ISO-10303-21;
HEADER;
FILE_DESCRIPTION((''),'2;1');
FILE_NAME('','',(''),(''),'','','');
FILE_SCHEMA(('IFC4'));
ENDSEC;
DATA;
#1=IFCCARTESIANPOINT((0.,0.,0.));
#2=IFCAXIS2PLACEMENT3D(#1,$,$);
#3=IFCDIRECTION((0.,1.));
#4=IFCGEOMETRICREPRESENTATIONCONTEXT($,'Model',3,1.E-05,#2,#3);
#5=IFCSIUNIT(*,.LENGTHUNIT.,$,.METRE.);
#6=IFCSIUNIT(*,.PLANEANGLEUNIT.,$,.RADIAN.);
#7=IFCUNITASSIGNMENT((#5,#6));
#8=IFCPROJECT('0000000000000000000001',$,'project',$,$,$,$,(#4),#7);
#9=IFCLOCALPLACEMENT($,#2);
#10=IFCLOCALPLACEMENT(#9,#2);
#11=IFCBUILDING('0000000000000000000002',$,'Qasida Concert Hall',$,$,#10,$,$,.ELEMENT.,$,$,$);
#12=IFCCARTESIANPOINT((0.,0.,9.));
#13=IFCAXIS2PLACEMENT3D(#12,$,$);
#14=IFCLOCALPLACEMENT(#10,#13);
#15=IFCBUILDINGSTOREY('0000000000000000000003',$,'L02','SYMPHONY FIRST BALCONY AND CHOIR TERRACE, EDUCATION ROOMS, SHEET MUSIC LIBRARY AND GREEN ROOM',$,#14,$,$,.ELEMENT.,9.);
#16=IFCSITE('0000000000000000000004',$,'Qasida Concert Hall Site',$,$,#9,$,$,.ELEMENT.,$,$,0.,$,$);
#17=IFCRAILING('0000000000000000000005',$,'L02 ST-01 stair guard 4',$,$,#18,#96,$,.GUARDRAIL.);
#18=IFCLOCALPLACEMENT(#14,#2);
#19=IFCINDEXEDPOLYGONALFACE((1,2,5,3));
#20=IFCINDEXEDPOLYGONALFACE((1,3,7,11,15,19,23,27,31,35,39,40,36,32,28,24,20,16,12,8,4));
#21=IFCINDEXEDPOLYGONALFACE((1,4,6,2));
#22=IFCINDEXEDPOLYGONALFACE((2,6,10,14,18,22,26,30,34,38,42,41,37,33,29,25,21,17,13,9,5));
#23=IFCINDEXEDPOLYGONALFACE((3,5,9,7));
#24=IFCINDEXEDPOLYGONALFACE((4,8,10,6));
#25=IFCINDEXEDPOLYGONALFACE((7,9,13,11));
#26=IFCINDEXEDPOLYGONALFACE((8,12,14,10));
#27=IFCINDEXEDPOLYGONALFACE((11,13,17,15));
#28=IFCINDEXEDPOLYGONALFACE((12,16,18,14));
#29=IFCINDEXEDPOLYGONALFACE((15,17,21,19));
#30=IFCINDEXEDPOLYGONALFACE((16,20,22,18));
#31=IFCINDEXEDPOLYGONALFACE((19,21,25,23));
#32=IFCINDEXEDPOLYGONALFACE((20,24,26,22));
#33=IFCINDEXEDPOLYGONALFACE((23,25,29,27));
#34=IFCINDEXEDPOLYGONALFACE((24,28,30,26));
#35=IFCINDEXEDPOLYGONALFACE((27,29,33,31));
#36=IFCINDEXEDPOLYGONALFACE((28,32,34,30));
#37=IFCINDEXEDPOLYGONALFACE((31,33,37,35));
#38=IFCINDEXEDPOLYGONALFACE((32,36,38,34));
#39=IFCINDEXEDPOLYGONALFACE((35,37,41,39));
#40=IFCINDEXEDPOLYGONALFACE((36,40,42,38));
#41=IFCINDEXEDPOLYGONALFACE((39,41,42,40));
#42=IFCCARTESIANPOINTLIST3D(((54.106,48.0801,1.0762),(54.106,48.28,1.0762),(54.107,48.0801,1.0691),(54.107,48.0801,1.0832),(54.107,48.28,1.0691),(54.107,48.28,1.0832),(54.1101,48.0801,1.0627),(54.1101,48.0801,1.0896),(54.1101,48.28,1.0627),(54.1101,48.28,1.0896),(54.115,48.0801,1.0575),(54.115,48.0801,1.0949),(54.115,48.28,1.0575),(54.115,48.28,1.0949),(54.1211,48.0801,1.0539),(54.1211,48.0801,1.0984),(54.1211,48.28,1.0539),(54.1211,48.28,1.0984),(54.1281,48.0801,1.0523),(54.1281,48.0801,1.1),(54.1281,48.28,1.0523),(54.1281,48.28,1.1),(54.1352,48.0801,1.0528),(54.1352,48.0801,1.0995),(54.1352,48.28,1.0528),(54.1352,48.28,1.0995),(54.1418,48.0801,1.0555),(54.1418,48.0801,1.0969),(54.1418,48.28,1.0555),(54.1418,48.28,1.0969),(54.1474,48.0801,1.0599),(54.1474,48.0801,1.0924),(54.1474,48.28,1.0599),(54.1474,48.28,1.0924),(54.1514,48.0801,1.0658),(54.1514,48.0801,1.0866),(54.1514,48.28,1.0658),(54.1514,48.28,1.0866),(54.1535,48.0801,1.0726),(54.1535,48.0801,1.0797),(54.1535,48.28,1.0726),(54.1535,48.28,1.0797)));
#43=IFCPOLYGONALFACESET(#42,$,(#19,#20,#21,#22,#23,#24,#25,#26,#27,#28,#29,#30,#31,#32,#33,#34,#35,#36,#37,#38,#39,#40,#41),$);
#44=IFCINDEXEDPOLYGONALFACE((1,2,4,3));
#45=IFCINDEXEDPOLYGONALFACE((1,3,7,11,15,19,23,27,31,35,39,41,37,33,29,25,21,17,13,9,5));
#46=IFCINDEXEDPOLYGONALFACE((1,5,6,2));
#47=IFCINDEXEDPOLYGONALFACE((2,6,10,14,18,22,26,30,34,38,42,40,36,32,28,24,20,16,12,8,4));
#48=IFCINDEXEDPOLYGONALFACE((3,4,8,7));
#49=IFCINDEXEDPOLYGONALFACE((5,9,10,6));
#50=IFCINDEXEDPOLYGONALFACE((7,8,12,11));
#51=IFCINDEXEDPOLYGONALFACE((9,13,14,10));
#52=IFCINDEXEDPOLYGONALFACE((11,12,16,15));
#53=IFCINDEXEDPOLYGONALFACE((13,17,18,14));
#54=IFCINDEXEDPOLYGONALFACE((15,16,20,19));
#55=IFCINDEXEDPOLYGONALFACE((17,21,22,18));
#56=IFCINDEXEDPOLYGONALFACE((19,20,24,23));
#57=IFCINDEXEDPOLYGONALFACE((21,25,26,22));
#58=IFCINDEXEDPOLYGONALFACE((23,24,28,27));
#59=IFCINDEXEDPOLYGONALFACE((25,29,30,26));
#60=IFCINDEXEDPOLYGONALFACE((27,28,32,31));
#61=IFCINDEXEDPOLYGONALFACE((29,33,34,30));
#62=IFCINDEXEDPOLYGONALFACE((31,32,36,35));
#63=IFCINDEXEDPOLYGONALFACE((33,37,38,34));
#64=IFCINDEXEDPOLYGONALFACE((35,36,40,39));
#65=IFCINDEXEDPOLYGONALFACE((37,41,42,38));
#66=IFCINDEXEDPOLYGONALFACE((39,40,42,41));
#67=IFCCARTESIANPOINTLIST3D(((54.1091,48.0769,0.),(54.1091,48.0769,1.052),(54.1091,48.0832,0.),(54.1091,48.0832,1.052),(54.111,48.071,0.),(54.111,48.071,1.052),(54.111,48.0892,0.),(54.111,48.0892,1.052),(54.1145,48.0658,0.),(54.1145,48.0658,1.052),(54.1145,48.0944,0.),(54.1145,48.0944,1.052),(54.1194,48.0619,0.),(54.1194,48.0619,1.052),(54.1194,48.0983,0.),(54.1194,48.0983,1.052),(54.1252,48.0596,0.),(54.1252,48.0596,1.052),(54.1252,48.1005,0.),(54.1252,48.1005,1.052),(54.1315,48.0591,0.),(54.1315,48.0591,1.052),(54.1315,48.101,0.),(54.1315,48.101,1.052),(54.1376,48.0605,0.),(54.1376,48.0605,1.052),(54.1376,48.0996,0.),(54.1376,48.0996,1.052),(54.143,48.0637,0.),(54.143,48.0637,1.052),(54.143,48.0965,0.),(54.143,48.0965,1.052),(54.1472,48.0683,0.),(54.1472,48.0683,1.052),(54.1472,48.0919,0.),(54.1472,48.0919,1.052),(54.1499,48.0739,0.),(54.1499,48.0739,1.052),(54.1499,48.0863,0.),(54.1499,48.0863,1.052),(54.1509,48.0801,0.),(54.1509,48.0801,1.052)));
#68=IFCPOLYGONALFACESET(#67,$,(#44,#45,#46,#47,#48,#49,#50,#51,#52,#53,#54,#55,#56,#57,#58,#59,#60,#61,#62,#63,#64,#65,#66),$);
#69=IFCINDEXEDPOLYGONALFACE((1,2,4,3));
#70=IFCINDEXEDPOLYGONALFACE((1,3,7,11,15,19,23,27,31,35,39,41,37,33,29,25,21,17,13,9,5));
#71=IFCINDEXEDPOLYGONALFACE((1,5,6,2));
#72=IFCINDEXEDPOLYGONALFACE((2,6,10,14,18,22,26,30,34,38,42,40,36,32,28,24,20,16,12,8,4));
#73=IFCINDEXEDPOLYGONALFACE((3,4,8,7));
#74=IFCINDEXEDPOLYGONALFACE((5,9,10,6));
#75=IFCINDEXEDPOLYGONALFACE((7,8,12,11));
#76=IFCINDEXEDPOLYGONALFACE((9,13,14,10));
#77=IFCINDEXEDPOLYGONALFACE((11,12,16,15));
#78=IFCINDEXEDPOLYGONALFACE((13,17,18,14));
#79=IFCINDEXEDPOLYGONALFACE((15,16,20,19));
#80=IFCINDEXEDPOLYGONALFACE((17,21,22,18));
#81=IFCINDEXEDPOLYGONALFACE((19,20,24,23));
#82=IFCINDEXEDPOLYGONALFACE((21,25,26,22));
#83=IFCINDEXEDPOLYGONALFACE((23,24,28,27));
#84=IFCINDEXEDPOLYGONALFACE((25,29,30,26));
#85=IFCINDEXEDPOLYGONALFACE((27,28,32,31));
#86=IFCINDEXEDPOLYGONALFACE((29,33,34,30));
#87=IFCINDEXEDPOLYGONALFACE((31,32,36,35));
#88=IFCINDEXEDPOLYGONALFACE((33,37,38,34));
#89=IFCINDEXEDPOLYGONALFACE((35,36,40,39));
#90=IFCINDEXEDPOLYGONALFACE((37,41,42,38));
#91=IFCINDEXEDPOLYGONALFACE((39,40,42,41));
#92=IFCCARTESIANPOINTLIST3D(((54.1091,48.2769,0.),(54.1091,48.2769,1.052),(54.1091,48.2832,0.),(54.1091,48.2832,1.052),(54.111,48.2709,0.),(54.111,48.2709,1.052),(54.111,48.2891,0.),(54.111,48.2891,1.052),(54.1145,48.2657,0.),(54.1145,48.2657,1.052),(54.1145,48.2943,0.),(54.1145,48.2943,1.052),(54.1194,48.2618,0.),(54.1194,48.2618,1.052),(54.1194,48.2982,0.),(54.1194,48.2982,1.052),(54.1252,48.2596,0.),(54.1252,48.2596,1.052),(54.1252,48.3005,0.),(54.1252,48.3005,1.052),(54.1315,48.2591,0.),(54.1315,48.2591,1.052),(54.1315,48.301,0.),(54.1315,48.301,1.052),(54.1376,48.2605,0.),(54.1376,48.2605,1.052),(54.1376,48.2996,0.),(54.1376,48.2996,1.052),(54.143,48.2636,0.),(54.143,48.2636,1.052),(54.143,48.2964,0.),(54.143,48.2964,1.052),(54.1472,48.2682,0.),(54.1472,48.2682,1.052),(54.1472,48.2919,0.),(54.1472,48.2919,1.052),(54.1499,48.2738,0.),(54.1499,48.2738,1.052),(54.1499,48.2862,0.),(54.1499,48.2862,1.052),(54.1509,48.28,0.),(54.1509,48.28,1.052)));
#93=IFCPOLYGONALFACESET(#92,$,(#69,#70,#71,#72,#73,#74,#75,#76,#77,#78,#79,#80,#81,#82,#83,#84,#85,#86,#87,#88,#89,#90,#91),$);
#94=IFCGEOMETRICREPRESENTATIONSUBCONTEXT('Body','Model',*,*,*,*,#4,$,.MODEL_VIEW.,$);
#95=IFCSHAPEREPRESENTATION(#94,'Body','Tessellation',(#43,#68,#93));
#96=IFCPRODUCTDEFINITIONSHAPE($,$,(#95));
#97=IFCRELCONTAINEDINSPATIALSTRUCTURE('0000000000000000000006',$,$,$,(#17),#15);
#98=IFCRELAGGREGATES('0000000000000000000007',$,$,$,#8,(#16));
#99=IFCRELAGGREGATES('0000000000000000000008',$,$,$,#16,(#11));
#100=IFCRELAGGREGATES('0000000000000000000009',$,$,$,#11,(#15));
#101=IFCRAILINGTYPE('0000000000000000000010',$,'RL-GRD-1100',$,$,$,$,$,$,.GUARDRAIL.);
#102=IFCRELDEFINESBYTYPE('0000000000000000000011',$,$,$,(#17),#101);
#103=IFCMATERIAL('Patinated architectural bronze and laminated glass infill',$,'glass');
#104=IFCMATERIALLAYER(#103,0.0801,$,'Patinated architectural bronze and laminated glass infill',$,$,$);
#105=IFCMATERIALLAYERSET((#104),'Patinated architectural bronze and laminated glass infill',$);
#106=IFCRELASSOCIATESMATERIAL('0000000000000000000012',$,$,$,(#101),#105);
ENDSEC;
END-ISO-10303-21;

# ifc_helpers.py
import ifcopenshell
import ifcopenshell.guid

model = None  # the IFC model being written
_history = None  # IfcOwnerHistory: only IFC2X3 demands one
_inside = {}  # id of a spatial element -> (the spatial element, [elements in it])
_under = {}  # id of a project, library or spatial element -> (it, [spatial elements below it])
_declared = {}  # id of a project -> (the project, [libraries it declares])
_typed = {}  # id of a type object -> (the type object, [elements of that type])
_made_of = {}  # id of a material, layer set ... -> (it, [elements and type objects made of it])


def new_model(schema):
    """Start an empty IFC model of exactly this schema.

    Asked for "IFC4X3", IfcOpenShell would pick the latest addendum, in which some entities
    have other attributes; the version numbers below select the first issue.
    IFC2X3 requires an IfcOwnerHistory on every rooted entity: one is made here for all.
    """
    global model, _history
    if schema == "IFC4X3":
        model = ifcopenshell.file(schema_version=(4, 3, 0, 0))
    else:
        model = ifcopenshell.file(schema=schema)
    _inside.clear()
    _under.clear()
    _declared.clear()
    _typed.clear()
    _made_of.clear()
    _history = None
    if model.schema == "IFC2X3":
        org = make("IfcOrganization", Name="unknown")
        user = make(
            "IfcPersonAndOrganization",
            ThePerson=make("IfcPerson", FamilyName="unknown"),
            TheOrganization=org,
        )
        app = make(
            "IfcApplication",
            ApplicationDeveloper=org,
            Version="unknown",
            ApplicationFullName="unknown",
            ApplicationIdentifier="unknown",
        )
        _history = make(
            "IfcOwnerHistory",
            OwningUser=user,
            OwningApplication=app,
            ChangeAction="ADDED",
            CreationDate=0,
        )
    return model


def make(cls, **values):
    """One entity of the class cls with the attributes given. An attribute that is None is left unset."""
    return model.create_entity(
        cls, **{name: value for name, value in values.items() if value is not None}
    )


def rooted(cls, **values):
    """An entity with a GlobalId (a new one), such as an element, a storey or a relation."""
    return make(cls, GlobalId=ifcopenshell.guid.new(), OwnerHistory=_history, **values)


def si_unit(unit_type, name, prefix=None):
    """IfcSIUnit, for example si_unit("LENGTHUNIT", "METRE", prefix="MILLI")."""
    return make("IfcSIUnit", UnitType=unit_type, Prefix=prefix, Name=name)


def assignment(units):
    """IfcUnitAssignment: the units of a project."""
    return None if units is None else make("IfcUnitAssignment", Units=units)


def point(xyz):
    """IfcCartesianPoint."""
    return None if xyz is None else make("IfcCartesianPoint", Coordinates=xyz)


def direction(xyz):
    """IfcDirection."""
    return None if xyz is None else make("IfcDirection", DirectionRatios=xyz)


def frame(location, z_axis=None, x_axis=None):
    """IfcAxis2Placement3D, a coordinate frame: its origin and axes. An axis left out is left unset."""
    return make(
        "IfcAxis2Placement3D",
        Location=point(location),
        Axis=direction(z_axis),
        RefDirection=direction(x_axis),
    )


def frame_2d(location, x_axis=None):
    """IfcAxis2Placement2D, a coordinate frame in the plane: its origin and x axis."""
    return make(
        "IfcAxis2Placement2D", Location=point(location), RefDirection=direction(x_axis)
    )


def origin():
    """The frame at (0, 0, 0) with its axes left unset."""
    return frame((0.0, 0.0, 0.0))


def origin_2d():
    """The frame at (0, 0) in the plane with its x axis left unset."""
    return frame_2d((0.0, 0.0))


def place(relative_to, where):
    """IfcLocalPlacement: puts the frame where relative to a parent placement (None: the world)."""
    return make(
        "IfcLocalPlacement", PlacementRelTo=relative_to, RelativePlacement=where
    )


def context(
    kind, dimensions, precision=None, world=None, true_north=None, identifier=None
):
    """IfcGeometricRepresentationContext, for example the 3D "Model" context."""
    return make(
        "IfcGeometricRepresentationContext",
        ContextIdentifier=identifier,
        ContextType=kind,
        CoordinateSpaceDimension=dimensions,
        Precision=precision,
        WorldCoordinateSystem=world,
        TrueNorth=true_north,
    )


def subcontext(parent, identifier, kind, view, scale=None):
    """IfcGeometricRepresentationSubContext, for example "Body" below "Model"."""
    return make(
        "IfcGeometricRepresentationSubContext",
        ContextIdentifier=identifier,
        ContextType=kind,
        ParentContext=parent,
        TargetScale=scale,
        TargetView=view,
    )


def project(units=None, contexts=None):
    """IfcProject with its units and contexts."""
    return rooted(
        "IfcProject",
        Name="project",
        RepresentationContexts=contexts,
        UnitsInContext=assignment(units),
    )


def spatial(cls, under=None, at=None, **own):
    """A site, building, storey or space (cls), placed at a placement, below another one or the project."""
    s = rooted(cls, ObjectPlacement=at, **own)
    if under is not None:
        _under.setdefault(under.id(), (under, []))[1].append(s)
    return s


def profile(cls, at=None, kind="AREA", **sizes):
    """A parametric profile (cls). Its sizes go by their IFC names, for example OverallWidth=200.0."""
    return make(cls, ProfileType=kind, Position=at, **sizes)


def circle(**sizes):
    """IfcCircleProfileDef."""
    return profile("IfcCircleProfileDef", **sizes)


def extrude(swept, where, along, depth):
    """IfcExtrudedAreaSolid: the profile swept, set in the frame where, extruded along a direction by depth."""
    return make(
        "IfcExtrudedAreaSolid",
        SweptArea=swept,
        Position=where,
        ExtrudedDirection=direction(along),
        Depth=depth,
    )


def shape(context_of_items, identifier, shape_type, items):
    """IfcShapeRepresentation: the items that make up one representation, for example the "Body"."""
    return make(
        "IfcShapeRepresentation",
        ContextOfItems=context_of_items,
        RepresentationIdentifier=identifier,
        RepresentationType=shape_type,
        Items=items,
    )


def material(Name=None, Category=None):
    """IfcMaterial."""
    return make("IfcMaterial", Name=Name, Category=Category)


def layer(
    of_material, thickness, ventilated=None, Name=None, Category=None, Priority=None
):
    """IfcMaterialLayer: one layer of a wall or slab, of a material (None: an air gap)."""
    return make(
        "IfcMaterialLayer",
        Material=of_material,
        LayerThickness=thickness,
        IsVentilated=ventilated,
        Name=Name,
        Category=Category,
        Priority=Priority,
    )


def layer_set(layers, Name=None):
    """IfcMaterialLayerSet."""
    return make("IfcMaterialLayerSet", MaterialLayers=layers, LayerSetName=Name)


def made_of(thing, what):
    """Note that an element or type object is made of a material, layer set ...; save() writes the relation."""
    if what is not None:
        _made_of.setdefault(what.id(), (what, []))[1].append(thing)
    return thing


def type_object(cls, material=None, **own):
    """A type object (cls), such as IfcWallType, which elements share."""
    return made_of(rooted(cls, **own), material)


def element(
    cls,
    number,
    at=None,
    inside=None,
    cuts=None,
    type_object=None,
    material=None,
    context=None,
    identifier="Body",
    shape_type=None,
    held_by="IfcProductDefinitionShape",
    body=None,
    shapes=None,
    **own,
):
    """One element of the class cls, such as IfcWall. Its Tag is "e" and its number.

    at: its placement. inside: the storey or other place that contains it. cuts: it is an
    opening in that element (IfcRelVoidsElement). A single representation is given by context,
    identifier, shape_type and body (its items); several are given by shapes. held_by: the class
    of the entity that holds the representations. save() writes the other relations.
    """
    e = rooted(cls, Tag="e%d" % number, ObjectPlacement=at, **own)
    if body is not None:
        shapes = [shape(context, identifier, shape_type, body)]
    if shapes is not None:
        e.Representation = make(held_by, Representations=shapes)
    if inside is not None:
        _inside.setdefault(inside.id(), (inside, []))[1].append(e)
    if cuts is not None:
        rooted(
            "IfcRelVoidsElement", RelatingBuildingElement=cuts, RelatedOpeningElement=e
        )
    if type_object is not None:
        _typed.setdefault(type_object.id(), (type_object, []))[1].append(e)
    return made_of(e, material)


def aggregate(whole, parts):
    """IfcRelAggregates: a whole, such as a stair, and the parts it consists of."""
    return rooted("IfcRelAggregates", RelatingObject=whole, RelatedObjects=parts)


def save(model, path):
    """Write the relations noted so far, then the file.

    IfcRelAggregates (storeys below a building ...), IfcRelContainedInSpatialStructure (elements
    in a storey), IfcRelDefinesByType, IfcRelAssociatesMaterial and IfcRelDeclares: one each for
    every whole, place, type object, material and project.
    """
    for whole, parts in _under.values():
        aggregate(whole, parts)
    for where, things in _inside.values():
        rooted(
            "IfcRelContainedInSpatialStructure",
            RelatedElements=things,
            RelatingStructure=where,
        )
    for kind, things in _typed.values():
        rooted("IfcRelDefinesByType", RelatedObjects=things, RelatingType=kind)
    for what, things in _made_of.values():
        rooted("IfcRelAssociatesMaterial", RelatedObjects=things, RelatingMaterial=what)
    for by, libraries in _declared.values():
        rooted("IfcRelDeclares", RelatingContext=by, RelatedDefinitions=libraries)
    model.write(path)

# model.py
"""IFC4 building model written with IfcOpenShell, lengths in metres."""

from ifc_helpers import new_model, si_unit, direction, frame, origin, origin_2d, place, context, subcontext, project, spatial, circle, extrude, material, layer, layer_set, type_object, element, save


model = new_model("IFC4")

# Units and contexts
model_context = context("Model", 3, precision=1e-05, world=origin(), true_north=direction((0.0, 1.0)))
body_context = subcontext(model_context, "Body", "Model", "MODEL_VIEW")
ifc_project = project(units=[si_unit("LENGTHUNIT", "METRE"), si_unit("PLANEANGLEUNIT", "RADIAN")], contexts=[model_context])

# Site, building, storey
site_placement = place(None, origin())
site = spatial("IfcSite", under=ifc_project, at=site_placement, Name="Qasida Concert Hall Site", CompositionType="ELEMENT", RefElevation=0.0)
building_placement = place(site_placement, origin())
building = spatial("IfcBuilding", under=site, at=building_placement, Name="Qasida Concert Hall", CompositionType="ELEMENT")
storey_placement = place(building_placement, frame((0.0, 0.0, 9.0)))
storey = spatial("IfcBuildingStorey", under=building, at=storey_placement, Name="L02", Description="SYMPHONY FIRST BALCONY AND CHOIR TERRACE, EDUCATION ROOMS, SHEET MUSIC LIBRARY AND GREEN ROOM", CompositionType="ELEMENT", Elevation=9.0)

# Railing
ifc_material_1 = material(Name="Patinated architectural bronze and laminated glass infill", Category="glass")
ifc_layer_1 = layer(ifc_material_1, 0.0801, Name="Patinated architectural bronze and laminated glass infill")
ifc_layer_set_1 = layer_set([ifc_layer_1], Name="Patinated architectural bronze and laminated glass infill")
railing_type_1 = type_object("IfcRailingType", Name="RL-GRD-1100", PredefinedType="GUARDRAIL", material=ifc_layer_set_1)
railing_1_placement = place(storey_placement, frame((54.1299, 48.0801, 0.0)))
element("IfcRailing", 1, at=railing_1_placement, inside=storey, type_object=railing_type_1, Name="L02 ST-01 stair guard 4", PredefinedType="GUARDRAIL", context=body_context, shape_type="SweptSolid", body=[
    extrude(circle(Radius=0.0239, at=origin_2d()), frame((0.0, 0.0, 1.0762), z_axis=(0.0, 1.0, 0.0), x_axis=(-1.0, 0.0, 0.0)), (0.0, 0.0, 1.0), 0.2),
    extrude(circle(Radius=0.021, at=origin_2d()), origin(), (0.0, 0.0, 1.0), 1.052),
    extrude(circle(Radius=0.021, at=origin_2d()), frame((0.0, 0.2, 0.0)), (0.0, 0.0, 1.0), 1.052),
])

save(model, "model.ifc")
